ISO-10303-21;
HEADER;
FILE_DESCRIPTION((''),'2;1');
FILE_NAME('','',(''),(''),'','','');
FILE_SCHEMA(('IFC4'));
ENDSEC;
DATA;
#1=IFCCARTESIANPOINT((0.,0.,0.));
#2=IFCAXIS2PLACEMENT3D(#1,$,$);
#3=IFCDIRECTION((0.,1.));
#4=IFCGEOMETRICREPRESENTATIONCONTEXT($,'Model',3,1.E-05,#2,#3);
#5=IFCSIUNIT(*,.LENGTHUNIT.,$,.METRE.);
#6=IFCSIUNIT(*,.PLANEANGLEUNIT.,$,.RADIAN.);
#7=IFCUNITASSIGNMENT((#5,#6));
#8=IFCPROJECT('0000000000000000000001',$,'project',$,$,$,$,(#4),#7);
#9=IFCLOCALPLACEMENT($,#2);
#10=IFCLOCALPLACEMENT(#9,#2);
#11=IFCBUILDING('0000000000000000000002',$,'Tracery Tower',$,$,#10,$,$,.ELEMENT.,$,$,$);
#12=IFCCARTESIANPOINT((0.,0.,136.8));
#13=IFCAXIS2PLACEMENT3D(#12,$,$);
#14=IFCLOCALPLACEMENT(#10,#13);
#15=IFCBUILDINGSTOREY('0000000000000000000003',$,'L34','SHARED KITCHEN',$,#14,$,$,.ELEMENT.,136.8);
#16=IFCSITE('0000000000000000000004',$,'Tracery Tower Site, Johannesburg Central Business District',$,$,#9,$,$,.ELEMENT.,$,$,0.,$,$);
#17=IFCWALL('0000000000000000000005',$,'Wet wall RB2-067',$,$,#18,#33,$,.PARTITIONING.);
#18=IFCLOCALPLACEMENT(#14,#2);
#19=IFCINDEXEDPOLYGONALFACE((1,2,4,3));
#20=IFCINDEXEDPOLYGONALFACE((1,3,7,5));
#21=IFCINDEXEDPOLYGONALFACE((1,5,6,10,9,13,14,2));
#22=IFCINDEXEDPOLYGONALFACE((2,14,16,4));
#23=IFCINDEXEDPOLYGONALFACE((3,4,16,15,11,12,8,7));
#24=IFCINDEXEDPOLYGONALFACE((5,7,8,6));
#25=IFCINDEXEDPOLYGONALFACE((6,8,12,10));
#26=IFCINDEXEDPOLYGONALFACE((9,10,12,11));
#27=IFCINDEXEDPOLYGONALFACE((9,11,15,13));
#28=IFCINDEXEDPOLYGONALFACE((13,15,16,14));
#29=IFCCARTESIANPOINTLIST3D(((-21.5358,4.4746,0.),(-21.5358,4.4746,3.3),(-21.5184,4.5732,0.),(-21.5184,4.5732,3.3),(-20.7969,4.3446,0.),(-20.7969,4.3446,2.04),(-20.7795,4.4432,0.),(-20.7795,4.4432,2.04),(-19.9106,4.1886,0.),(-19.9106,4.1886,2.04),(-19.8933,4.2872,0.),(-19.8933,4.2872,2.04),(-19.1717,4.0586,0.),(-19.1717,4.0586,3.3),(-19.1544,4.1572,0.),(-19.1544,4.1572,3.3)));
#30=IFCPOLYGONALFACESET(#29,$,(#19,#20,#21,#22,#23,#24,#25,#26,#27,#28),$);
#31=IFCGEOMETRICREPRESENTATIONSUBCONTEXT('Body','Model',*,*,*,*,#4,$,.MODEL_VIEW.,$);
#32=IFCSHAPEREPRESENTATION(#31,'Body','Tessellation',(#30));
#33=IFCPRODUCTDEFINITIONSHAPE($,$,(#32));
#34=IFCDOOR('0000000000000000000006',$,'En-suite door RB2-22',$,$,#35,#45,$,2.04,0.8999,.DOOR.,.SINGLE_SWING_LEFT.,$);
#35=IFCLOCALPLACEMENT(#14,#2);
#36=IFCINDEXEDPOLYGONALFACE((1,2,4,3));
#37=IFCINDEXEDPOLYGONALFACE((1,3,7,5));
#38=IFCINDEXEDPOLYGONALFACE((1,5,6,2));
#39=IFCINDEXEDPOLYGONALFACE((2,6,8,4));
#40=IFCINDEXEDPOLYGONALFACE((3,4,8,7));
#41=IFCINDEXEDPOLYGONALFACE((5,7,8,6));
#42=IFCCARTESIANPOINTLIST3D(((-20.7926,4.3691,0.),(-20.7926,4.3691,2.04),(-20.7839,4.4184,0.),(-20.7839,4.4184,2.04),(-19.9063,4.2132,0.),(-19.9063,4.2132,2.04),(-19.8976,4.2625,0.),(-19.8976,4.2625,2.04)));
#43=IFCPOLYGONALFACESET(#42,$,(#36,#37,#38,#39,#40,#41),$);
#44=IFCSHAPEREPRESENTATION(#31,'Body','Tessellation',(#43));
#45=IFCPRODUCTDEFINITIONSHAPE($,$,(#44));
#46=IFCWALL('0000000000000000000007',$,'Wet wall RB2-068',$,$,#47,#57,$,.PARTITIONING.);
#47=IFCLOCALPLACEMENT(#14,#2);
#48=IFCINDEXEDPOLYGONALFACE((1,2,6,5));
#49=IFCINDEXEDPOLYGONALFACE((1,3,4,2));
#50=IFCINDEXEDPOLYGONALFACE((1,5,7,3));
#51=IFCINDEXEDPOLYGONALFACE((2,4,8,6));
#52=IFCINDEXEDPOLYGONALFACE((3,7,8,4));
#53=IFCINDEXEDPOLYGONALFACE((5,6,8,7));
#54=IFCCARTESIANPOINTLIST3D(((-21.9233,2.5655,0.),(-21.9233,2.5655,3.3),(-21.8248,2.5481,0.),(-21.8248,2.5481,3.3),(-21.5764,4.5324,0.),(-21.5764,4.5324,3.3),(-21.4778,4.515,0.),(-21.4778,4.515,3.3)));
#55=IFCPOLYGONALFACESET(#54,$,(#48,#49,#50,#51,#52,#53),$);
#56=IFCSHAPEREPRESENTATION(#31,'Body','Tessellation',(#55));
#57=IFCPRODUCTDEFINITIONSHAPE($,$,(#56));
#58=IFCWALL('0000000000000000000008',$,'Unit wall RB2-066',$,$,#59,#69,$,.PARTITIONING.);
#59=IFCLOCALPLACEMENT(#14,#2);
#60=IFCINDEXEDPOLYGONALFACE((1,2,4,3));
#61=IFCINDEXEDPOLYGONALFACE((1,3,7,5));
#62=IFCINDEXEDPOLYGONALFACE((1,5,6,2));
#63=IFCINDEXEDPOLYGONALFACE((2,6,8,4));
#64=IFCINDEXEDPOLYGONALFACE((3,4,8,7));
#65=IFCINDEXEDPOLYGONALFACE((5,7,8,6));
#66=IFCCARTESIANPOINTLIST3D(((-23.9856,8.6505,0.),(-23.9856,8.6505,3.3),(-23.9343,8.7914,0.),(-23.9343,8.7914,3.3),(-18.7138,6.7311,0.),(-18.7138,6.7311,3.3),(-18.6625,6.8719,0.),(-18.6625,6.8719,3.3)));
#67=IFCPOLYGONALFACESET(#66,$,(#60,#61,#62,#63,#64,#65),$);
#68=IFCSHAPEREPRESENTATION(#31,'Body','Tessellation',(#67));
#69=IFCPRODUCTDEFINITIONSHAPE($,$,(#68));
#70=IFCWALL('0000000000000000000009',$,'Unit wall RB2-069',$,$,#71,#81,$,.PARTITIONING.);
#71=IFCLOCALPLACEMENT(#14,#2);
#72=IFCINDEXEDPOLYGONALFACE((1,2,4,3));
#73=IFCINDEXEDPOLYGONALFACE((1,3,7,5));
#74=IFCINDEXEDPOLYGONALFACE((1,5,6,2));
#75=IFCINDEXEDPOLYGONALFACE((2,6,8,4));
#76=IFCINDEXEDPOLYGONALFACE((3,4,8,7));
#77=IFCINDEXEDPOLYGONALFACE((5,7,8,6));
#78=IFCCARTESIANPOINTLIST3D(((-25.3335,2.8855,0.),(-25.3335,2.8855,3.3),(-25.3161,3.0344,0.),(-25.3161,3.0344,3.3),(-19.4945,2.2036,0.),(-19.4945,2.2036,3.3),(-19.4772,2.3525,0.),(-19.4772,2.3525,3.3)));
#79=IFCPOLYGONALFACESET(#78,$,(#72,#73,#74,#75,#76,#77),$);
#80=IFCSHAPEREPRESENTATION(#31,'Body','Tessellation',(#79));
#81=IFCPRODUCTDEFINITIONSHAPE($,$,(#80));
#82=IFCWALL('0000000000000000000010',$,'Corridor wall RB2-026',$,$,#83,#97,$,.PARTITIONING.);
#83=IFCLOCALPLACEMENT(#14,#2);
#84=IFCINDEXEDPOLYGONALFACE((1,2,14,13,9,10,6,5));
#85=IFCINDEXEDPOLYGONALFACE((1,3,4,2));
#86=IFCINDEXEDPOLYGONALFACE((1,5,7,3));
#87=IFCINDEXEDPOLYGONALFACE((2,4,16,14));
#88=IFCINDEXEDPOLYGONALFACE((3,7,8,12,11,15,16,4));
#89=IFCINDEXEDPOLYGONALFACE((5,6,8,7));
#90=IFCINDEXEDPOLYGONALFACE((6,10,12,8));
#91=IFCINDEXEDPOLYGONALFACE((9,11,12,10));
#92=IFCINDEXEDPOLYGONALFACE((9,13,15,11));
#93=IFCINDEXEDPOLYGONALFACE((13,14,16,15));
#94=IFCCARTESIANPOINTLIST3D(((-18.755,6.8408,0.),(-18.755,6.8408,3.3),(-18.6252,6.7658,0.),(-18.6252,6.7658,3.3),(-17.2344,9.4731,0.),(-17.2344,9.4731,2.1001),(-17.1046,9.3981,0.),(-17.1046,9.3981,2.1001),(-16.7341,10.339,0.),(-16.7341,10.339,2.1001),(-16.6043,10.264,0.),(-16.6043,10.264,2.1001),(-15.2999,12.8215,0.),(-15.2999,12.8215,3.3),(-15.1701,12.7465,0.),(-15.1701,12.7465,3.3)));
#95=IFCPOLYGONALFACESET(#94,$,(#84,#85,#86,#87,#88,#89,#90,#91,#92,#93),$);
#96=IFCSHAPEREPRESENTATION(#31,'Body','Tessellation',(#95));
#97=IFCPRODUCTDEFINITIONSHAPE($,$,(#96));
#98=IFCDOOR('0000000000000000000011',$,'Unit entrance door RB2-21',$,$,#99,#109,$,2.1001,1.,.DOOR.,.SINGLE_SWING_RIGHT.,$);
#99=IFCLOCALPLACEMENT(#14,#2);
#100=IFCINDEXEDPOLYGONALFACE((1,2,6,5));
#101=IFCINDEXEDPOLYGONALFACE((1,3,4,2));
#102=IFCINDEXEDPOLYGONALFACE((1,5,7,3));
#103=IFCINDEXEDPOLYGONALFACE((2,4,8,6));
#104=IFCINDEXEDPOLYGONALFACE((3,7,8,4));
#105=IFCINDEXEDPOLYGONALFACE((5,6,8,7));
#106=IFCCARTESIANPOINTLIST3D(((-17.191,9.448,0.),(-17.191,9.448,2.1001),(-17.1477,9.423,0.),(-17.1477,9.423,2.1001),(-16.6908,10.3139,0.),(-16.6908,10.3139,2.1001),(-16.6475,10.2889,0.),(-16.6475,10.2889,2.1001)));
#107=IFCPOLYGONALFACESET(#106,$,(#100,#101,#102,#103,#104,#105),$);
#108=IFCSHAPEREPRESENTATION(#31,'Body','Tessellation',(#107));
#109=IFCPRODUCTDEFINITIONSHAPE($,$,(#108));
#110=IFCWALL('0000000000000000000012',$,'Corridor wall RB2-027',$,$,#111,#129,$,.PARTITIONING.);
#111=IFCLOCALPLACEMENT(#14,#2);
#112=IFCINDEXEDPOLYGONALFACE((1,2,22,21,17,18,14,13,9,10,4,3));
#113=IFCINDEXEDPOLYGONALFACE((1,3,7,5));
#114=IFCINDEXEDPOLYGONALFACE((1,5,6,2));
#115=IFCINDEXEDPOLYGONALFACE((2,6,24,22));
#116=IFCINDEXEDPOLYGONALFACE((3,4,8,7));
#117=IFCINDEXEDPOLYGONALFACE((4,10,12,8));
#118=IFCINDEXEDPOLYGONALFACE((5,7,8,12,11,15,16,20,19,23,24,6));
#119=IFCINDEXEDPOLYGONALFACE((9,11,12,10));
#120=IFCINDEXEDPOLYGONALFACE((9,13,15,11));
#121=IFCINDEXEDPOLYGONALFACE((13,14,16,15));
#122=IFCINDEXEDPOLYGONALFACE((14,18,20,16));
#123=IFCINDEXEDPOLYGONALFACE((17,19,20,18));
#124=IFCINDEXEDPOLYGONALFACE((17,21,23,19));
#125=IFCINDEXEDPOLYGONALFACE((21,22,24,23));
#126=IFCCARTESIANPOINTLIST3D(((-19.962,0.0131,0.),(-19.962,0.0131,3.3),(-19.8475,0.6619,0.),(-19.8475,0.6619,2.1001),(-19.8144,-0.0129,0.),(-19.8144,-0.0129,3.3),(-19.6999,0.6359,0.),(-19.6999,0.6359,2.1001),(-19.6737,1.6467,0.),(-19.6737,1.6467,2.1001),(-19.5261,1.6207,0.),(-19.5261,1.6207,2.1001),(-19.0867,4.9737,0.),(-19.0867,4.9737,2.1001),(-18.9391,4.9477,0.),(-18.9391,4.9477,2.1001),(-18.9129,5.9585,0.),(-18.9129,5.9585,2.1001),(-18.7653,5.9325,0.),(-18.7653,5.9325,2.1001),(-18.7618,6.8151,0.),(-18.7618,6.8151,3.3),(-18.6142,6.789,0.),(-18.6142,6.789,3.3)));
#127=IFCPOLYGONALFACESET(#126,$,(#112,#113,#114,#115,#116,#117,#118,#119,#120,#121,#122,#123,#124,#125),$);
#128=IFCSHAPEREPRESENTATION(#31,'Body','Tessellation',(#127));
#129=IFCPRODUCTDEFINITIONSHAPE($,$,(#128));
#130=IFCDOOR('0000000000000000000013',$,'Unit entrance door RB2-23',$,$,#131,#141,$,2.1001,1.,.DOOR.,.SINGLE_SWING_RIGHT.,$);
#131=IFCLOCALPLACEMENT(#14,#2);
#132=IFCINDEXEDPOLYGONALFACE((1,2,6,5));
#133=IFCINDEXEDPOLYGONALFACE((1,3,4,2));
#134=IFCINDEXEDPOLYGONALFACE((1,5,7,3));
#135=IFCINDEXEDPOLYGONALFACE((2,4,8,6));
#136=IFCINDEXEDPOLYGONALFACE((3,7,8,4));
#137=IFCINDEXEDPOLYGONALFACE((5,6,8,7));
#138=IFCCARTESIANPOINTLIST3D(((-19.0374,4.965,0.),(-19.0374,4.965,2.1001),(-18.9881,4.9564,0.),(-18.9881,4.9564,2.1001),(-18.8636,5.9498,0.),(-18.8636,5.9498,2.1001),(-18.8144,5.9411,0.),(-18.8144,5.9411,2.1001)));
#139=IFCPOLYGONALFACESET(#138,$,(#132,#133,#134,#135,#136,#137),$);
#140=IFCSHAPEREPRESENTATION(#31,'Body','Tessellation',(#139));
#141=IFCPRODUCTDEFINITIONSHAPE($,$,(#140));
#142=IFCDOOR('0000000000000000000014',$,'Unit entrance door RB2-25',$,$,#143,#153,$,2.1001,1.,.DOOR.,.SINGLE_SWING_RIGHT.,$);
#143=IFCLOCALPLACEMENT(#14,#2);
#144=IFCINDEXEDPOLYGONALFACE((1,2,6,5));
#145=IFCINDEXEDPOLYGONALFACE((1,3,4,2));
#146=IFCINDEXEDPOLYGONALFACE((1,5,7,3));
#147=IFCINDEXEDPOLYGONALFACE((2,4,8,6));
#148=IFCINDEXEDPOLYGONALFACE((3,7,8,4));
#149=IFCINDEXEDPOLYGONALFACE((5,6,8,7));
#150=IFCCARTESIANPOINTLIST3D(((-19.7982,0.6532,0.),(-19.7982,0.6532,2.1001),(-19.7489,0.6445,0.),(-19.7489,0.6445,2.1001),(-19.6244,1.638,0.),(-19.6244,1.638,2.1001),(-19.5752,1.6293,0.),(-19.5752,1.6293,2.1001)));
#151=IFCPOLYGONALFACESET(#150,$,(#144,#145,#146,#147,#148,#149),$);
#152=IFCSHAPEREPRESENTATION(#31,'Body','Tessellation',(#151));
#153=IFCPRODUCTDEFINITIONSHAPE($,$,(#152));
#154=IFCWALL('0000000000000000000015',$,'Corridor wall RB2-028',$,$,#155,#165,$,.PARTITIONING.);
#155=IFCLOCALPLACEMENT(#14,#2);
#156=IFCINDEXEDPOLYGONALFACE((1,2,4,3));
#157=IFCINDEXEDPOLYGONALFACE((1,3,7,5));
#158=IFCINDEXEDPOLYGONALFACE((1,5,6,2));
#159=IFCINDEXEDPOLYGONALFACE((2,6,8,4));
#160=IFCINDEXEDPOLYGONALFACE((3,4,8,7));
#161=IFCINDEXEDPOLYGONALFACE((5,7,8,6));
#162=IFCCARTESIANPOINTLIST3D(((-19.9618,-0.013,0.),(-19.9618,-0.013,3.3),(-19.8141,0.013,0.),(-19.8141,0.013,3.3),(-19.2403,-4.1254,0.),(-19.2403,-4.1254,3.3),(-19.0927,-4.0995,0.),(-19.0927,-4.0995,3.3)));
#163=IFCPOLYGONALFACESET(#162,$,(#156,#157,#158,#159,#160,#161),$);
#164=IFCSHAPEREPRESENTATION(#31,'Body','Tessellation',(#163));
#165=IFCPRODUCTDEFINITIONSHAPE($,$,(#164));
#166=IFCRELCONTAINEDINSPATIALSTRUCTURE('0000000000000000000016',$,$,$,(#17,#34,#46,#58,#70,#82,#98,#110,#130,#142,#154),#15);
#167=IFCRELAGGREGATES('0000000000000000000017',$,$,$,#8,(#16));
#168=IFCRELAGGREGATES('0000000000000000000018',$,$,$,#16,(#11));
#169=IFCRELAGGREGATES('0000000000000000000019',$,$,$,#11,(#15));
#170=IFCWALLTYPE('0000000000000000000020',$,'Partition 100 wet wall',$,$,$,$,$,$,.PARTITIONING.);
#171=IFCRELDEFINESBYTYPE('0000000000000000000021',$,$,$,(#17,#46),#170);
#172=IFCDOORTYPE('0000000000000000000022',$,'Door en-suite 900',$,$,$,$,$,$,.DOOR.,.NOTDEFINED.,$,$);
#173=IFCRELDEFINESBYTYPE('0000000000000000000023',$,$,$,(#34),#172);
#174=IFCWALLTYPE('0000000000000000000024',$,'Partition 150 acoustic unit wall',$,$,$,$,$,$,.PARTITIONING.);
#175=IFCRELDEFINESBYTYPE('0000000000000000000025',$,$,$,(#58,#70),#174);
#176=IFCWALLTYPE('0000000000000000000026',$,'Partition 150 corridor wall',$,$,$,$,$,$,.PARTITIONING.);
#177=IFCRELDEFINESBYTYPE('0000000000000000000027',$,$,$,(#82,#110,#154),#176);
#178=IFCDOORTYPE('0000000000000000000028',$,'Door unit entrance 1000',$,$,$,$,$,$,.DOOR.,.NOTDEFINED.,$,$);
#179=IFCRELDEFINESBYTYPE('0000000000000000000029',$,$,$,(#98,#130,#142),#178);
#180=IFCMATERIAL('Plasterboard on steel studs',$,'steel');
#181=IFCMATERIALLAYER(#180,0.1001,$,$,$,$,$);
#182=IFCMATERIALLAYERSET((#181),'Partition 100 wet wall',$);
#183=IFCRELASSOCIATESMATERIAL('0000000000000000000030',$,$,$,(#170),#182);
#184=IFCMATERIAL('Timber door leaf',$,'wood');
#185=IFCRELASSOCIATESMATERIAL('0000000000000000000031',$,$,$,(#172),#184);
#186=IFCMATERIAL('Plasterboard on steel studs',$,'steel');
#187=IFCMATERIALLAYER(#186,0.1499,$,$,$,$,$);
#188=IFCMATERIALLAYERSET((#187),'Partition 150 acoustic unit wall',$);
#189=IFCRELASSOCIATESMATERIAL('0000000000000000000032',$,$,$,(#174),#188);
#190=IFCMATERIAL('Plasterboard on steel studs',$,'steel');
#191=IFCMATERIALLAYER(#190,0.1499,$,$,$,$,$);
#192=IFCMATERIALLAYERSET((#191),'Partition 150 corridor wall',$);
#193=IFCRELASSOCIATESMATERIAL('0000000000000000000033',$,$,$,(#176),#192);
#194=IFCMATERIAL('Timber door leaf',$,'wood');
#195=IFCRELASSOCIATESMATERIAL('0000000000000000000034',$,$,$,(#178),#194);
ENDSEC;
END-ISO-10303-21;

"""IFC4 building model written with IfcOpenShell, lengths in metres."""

from ifc_helpers import new_model, si_unit, direction, frame, frame_2d, origin, place, context, subcontext, project, spatial, rectangle, extrude, material, layer, layer_set, type_object, element, fill, save


model = new_model("IFC4")

# Units and contexts
model_context = context("Model", 3, precision=1e-05, world=origin(), true_north=direction((0.0, 1.0)))
body_context = subcontext(model_context, "Body", "Model", "MODEL_VIEW")
ifc_project = project(units=[si_unit("LENGTHUNIT", "METRE"), si_unit("PLANEANGLEUNIT", "RADIAN")], contexts=[model_context])

# Site, building, storey
site_placement = place(None, origin())
site = spatial("IfcSite", under=ifc_project, at=site_placement, Name="Tracery Tower Site, Johannesburg Central Business District", CompositionType="ELEMENT", RefElevation=0.0)
building_placement = place(site_placement, origin())
building = spatial("IfcBuilding", under=site, at=building_placement, Name="Tracery Tower", CompositionType="ELEMENT")
storey_placement = place(building_placement, frame((0.0, 0.0, 136.8)))
storey = spatial("IfcBuildingStorey", under=building, at=storey_placement, Name="L34", Description="SHARED KITCHEN", CompositionType="ELEMENT", Elevation=136.8)

# Shared definitions
ifc_material_1 = material(Name="Plasterboard on steel studs", Category="steel")
ifc_layer_1 = layer(ifc_material_1, 0.1001)
ifc_layer_set_1 = layer_set([ifc_layer_1], Name="Partition 100 wet wall")
wall_type_1 = type_object("IfcWallType", Name="Partition 100 wet wall", PredefinedType="PARTITIONING", material=ifc_layer_set_1)
ifc_material_2 = material(Name="Timber door leaf", Category="wood")
door_type_1 = type_object("IfcDoorType", Name="Door en-suite 900", OperationType="NOTDEFINED", PredefinedType="DOOR", material=ifc_material_2)

# Wall, opening, door
wall_1_placement = place(storey_placement, frame((-21.5271, 4.5239, 0.0), z_axis=(0.0, 0.0, 1.0), x_axis=(0.984866, -0.173315, 0.0)))
wall_1 = element("IfcWall", 1, at=wall_1_placement, inside=storey, type_object=wall_type_1, Name="Wet wall RB2-067", PredefinedType="PARTITIONING", context=body_context, shape_type="SweptSolid", body=[
    extrude(rectangle(XDim=2.4004, YDim=0.1001, at=frame_2d((1.2002, 0.0))), origin(), (0.0, 0.0, 1.0), 3.3),
])
opening_1_placement = place(wall_1_placement, frame((0.7502, 0.0, 0.0)))
opening_1 = element("IfcOpeningElement", 2, at=opening_1_placement, cuts=wall_1, PredefinedType="OPENING", context=body_context, shape_type="SweptSolid", body=[
    extrude(rectangle(XDim=0.8999, YDim=2.04, at=frame_2d((0.45, 1.02))), frame((0.0, 0.05, 0.0), z_axis=(0.0, -1.0, 0.0), x_axis=(1.0, 0.0, 0.0)), (0.0, 0.0, 1.0), 0.1001),
])
door_1_placement = place(opening_1_placement, origin())
door_1 = element("IfcDoor", 3, at=door_1_placement, inside=storey, type_object=door_type_1, Name="En-suite door RB2-22", OperationType="SINGLE_SWING_LEFT", OverallHeight=2.04, OverallWidth=0.8999, PredefinedType="DOOR", context=body_context, shape_type="SweptSolid", body=[
    extrude(rectangle(XDim=0.8999, YDim=2.04, at=frame_2d((0.45, 1.02))), frame((0.0, 0.0249, 0.0), z_axis=(0.0, -1.0, 0.0), x_axis=(1.0, 0.0, 0.0)), (0.0, 0.0, 1.0), 0.05),
])
fill(opening_1, door_1)

# Walls
wall_2_placement = place(storey_placement, frame((-21.874, 2.5569, 0.0), z_axis=(0.0, 0.0, 1.0), x_axis=(0.173688, 0.984801, 0.0)))
element("IfcWall", 4, at=wall_2_placement, inside=storey, type_object=wall_type_1, Name="Wet wall RB2-068", PredefinedType="PARTITIONING", context=body_context, shape_type="SweptSolid", body=[
    extrude(rectangle(XDim=1.9973, YDim=0.1001, at=frame_2d((0.9985, 0.0))), origin(), (0.0, 0.0, 1.0), 3.3),
])
ifc_material_3 = material(Name="Plasterboard on steel studs", Category="steel")
ifc_layer_2 = layer(ifc_material_3, 0.1499)
ifc_layer_set_2 = layer_set([ifc_layer_2], Name="Partition 150 acoustic unit wall")
wall_type_2 = type_object("IfcWallType", Name="Partition 150 acoustic unit wall", PredefinedType="PARTITIONING", material=ifc_layer_set_2)
wall_3_placement = place(storey_placement, frame((-23.96, 8.7209, 0.0), z_axis=(0.0, 0.0, 1.0), x_axis=(0.939654, -0.342127, 0.0)))
element("IfcWall", 5, at=wall_3_placement, inside=storey, type_object=wall_type_2, Name="Unit wall RB2-066", PredefinedType="PARTITIONING", context=body_context, shape_type="SweptSolid", body=[
    extrude(rectangle(XDim=5.6104, YDim=0.1499, at=frame_2d((2.8052, 0.0))), origin(), (0.0, 0.0, 1.0), 3.3),
])
wall_4_placement = place(storey_placement, frame((-25.325, 2.96, 0.0), z_axis=(0.0, 0.0, 1.0), x_axis=(0.99325, -0.115995, 0.0)))
element("IfcWall", 6, at=wall_4_placement, inside=storey, type_object=wall_type_2, Name="Unit wall RB2-069", PredefinedType="PARTITIONING", context=body_context, shape_type="SweptSolid", body=[
    extrude(rectangle(XDim=5.8787, YDim=0.1499, at=frame_2d((2.9395, 0.0))), origin(), (0.0, 0.0, 1.0), 3.3),
])

# Wall, opening, door
ifc_material_4 = material(Name="Plasterboard on steel studs", Category="steel")
ifc_layer_3 = layer(ifc_material_4, 0.1499)
ifc_layer_set_3 = layer_set([ifc_layer_3], Name="Partition 150 corridor wall")
wall_type_3 = type_object("IfcWallType", Name="Partition 150 corridor wall", PredefinedType="PARTITIONING", material=ifc_layer_set_3)
wall_5_placement = place(storey_placement, frame((-18.6902, 6.8032, 0.0), z_axis=(0.0, 0.0, 1.0), x_axis=(0.500229, 0.865893, 0.0)))
wall_5 = element("IfcWall", 7, at=wall_5_placement, inside=storey, type_object=wall_type_3, Name="Corridor wall RB2-026", PredefinedType="PARTITIONING", context=body_context, shape_type="SweptSolid", body=[
    extrude(rectangle(XDim=6.907, YDim=0.1499, at=frame_2d((3.4536, 0.0))), origin(), (0.0, 0.0, 1.0), 3.3),
])
opening_2_placement = place(wall_5_placement, frame((3.04, 0.0, 0.0)))
opening_2 = element("IfcOpeningElement", 8, at=opening_2_placement, cuts=wall_5, PredefinedType="OPENING", context=body_context, shape_type="SweptSolid", body=[
    extrude(rectangle(XDim=1.0, YDim=2.1001, at=frame_2d((0.5, 1.05))), frame((0.0, 0.075, 0.0), z_axis=(0.0, -1.0, 0.0), x_axis=(1.0, 0.0, 0.0)), (0.0, 0.0, 1.0), 0.1499),
])
ifc_material_5 = material(Name="Timber door leaf", Category="wood")
door_type_2 = type_object("IfcDoorType", Name="Door unit entrance 1000", OperationType="NOTDEFINED", PredefinedType="DOOR", material=ifc_material_5)
door_2_placement = place(opening_2_placement, origin())
door_2 = element("IfcDoor", 9, at=door_2_placement, inside=storey, type_object=door_type_2, Name="Unit entrance door RB2-21", OperationType="SINGLE_SWING_RIGHT", OverallHeight=2.1001, OverallWidth=1.0, PredefinedType="DOOR", context=body_context, shape_type="SweptSolid", body=[
    extrude(rectangle(XDim=1.0, YDim=2.1001, at=frame_2d((0.5, 1.05))), frame((0.0, 0.0249, 0.0), z_axis=(0.0, -1.0, 0.0), x_axis=(1.0, 0.0, 0.0)), (0.0, 0.0, 1.0), 0.05),
])
fill(opening_2, door_2)

# Wall, openings, doors
wall_6_placement = place(storey_placement, frame((-19.8882, 0.0, 0.0), z_axis=(0.0, 0.0, 1.0), x_axis=(0.173763, 0.984787, 0.0)))
wall_6 = element("IfcWall", 10, at=wall_6_placement, inside=storey, type_object=wall_type_3, Name="Corridor wall RB2-027", PredefinedType="PARTITIONING", context=body_context, shape_type="SweptSolid", body=[
    extrude(rectangle(XDim=6.907, YDim=0.1499, at=frame_2d((3.4536, 0.0))), origin(), (0.0, 0.0, 1.0), 3.3),
])
opening_3_placement = place(wall_6_placement, frame((5.0374, 0.0, 0.0)))
opening_3 = element("IfcOpeningElement", 11, at=opening_3_placement, cuts=wall_6, PredefinedType="OPENING", context=body_context, shape_type="SweptSolid", body=[
    extrude(rectangle(XDim=1.0, YDim=2.1001, at=frame_2d((0.5, 1.05))), frame((0.0, 0.075, 0.0), z_axis=(0.0, -1.0, 0.0), x_axis=(1.0, 0.0, 0.0)), (0.0, 0.0, 1.0), 0.1499),
])
opening_4_placement = place(wall_6_placement, frame((0.6589, 0.0, 0.0)))
opening_4 = element("IfcOpeningElement", 12, at=opening_4_placement, cuts=wall_6, PredefinedType="OPENING", context=body_context, shape_type="SweptSolid", body=[
    extrude(rectangle(XDim=1.0, YDim=2.1001, at=frame_2d((0.5, 1.05))), frame((0.0, 0.075, 0.0), z_axis=(0.0, -1.0, 0.0), x_axis=(1.0, 0.0, 0.0)), (0.0, 0.0, 1.0), 0.1499),
])
door_3_placement = place(opening_3_placement, origin())
door_3 = element("IfcDoor", 13, at=door_3_placement, inside=storey, type_object=door_type_2, Name="Unit entrance door RB2-23", OperationType="SINGLE_SWING_RIGHT", OverallHeight=2.1001, OverallWidth=1.0, PredefinedType="DOOR", context=body_context, shape_type="SweptSolid", body=[
    extrude(rectangle(XDim=1.0, YDim=2.1001, at=frame_2d((0.5, 1.05))), frame((0.0, 0.0249, 0.0), z_axis=(0.0, -1.0, 0.0), x_axis=(1.0, 0.0, 0.0)), (0.0, 0.0, 1.0), 0.05),
])
fill(opening_3, door_3)
door_4_placement = place(opening_4_placement, origin())
door_4 = element("IfcDoor", 14, at=door_4_placement, inside=storey, type_object=door_type_2, Name="Unit entrance door RB2-25", OperationType="SINGLE_SWING_RIGHT", OverallHeight=2.1001, OverallWidth=1.0, PredefinedType="DOOR", context=body_context, shape_type="SweptSolid", body=[
    extrude(rectangle(XDim=1.0, YDim=2.1001, at=frame_2d((0.5, 1.05))), frame((0.0, 0.0249, 0.0), z_axis=(0.0, -1.0, 0.0), x_axis=(1.0, 0.0, 0.0)), (0.0, 0.0, 1.0), 0.05),
])
fill(opening_4, door_4)

# Wall
wall_7_placement = place(storey_placement, frame((-19.8879, 0.0, 0.0), z_axis=(0.0, 0.0, 1.0), x_axis=(0.172785, -0.98496, 0.0)))
element("IfcWall", 15, at=wall_7_placement, inside=storey, type_object=wall_type_3, Name="Corridor wall RB2-028", PredefinedType="PARTITIONING", context=body_context, shape_type="SweptSolid", body=[
    extrude(rectangle(XDim=4.1753, YDim=0.1499, at=frame_2d((2.0876, 0.0))), origin(), (0.0, 0.0, 1.0), 3.3),
])

save(model, "model.ifc")
